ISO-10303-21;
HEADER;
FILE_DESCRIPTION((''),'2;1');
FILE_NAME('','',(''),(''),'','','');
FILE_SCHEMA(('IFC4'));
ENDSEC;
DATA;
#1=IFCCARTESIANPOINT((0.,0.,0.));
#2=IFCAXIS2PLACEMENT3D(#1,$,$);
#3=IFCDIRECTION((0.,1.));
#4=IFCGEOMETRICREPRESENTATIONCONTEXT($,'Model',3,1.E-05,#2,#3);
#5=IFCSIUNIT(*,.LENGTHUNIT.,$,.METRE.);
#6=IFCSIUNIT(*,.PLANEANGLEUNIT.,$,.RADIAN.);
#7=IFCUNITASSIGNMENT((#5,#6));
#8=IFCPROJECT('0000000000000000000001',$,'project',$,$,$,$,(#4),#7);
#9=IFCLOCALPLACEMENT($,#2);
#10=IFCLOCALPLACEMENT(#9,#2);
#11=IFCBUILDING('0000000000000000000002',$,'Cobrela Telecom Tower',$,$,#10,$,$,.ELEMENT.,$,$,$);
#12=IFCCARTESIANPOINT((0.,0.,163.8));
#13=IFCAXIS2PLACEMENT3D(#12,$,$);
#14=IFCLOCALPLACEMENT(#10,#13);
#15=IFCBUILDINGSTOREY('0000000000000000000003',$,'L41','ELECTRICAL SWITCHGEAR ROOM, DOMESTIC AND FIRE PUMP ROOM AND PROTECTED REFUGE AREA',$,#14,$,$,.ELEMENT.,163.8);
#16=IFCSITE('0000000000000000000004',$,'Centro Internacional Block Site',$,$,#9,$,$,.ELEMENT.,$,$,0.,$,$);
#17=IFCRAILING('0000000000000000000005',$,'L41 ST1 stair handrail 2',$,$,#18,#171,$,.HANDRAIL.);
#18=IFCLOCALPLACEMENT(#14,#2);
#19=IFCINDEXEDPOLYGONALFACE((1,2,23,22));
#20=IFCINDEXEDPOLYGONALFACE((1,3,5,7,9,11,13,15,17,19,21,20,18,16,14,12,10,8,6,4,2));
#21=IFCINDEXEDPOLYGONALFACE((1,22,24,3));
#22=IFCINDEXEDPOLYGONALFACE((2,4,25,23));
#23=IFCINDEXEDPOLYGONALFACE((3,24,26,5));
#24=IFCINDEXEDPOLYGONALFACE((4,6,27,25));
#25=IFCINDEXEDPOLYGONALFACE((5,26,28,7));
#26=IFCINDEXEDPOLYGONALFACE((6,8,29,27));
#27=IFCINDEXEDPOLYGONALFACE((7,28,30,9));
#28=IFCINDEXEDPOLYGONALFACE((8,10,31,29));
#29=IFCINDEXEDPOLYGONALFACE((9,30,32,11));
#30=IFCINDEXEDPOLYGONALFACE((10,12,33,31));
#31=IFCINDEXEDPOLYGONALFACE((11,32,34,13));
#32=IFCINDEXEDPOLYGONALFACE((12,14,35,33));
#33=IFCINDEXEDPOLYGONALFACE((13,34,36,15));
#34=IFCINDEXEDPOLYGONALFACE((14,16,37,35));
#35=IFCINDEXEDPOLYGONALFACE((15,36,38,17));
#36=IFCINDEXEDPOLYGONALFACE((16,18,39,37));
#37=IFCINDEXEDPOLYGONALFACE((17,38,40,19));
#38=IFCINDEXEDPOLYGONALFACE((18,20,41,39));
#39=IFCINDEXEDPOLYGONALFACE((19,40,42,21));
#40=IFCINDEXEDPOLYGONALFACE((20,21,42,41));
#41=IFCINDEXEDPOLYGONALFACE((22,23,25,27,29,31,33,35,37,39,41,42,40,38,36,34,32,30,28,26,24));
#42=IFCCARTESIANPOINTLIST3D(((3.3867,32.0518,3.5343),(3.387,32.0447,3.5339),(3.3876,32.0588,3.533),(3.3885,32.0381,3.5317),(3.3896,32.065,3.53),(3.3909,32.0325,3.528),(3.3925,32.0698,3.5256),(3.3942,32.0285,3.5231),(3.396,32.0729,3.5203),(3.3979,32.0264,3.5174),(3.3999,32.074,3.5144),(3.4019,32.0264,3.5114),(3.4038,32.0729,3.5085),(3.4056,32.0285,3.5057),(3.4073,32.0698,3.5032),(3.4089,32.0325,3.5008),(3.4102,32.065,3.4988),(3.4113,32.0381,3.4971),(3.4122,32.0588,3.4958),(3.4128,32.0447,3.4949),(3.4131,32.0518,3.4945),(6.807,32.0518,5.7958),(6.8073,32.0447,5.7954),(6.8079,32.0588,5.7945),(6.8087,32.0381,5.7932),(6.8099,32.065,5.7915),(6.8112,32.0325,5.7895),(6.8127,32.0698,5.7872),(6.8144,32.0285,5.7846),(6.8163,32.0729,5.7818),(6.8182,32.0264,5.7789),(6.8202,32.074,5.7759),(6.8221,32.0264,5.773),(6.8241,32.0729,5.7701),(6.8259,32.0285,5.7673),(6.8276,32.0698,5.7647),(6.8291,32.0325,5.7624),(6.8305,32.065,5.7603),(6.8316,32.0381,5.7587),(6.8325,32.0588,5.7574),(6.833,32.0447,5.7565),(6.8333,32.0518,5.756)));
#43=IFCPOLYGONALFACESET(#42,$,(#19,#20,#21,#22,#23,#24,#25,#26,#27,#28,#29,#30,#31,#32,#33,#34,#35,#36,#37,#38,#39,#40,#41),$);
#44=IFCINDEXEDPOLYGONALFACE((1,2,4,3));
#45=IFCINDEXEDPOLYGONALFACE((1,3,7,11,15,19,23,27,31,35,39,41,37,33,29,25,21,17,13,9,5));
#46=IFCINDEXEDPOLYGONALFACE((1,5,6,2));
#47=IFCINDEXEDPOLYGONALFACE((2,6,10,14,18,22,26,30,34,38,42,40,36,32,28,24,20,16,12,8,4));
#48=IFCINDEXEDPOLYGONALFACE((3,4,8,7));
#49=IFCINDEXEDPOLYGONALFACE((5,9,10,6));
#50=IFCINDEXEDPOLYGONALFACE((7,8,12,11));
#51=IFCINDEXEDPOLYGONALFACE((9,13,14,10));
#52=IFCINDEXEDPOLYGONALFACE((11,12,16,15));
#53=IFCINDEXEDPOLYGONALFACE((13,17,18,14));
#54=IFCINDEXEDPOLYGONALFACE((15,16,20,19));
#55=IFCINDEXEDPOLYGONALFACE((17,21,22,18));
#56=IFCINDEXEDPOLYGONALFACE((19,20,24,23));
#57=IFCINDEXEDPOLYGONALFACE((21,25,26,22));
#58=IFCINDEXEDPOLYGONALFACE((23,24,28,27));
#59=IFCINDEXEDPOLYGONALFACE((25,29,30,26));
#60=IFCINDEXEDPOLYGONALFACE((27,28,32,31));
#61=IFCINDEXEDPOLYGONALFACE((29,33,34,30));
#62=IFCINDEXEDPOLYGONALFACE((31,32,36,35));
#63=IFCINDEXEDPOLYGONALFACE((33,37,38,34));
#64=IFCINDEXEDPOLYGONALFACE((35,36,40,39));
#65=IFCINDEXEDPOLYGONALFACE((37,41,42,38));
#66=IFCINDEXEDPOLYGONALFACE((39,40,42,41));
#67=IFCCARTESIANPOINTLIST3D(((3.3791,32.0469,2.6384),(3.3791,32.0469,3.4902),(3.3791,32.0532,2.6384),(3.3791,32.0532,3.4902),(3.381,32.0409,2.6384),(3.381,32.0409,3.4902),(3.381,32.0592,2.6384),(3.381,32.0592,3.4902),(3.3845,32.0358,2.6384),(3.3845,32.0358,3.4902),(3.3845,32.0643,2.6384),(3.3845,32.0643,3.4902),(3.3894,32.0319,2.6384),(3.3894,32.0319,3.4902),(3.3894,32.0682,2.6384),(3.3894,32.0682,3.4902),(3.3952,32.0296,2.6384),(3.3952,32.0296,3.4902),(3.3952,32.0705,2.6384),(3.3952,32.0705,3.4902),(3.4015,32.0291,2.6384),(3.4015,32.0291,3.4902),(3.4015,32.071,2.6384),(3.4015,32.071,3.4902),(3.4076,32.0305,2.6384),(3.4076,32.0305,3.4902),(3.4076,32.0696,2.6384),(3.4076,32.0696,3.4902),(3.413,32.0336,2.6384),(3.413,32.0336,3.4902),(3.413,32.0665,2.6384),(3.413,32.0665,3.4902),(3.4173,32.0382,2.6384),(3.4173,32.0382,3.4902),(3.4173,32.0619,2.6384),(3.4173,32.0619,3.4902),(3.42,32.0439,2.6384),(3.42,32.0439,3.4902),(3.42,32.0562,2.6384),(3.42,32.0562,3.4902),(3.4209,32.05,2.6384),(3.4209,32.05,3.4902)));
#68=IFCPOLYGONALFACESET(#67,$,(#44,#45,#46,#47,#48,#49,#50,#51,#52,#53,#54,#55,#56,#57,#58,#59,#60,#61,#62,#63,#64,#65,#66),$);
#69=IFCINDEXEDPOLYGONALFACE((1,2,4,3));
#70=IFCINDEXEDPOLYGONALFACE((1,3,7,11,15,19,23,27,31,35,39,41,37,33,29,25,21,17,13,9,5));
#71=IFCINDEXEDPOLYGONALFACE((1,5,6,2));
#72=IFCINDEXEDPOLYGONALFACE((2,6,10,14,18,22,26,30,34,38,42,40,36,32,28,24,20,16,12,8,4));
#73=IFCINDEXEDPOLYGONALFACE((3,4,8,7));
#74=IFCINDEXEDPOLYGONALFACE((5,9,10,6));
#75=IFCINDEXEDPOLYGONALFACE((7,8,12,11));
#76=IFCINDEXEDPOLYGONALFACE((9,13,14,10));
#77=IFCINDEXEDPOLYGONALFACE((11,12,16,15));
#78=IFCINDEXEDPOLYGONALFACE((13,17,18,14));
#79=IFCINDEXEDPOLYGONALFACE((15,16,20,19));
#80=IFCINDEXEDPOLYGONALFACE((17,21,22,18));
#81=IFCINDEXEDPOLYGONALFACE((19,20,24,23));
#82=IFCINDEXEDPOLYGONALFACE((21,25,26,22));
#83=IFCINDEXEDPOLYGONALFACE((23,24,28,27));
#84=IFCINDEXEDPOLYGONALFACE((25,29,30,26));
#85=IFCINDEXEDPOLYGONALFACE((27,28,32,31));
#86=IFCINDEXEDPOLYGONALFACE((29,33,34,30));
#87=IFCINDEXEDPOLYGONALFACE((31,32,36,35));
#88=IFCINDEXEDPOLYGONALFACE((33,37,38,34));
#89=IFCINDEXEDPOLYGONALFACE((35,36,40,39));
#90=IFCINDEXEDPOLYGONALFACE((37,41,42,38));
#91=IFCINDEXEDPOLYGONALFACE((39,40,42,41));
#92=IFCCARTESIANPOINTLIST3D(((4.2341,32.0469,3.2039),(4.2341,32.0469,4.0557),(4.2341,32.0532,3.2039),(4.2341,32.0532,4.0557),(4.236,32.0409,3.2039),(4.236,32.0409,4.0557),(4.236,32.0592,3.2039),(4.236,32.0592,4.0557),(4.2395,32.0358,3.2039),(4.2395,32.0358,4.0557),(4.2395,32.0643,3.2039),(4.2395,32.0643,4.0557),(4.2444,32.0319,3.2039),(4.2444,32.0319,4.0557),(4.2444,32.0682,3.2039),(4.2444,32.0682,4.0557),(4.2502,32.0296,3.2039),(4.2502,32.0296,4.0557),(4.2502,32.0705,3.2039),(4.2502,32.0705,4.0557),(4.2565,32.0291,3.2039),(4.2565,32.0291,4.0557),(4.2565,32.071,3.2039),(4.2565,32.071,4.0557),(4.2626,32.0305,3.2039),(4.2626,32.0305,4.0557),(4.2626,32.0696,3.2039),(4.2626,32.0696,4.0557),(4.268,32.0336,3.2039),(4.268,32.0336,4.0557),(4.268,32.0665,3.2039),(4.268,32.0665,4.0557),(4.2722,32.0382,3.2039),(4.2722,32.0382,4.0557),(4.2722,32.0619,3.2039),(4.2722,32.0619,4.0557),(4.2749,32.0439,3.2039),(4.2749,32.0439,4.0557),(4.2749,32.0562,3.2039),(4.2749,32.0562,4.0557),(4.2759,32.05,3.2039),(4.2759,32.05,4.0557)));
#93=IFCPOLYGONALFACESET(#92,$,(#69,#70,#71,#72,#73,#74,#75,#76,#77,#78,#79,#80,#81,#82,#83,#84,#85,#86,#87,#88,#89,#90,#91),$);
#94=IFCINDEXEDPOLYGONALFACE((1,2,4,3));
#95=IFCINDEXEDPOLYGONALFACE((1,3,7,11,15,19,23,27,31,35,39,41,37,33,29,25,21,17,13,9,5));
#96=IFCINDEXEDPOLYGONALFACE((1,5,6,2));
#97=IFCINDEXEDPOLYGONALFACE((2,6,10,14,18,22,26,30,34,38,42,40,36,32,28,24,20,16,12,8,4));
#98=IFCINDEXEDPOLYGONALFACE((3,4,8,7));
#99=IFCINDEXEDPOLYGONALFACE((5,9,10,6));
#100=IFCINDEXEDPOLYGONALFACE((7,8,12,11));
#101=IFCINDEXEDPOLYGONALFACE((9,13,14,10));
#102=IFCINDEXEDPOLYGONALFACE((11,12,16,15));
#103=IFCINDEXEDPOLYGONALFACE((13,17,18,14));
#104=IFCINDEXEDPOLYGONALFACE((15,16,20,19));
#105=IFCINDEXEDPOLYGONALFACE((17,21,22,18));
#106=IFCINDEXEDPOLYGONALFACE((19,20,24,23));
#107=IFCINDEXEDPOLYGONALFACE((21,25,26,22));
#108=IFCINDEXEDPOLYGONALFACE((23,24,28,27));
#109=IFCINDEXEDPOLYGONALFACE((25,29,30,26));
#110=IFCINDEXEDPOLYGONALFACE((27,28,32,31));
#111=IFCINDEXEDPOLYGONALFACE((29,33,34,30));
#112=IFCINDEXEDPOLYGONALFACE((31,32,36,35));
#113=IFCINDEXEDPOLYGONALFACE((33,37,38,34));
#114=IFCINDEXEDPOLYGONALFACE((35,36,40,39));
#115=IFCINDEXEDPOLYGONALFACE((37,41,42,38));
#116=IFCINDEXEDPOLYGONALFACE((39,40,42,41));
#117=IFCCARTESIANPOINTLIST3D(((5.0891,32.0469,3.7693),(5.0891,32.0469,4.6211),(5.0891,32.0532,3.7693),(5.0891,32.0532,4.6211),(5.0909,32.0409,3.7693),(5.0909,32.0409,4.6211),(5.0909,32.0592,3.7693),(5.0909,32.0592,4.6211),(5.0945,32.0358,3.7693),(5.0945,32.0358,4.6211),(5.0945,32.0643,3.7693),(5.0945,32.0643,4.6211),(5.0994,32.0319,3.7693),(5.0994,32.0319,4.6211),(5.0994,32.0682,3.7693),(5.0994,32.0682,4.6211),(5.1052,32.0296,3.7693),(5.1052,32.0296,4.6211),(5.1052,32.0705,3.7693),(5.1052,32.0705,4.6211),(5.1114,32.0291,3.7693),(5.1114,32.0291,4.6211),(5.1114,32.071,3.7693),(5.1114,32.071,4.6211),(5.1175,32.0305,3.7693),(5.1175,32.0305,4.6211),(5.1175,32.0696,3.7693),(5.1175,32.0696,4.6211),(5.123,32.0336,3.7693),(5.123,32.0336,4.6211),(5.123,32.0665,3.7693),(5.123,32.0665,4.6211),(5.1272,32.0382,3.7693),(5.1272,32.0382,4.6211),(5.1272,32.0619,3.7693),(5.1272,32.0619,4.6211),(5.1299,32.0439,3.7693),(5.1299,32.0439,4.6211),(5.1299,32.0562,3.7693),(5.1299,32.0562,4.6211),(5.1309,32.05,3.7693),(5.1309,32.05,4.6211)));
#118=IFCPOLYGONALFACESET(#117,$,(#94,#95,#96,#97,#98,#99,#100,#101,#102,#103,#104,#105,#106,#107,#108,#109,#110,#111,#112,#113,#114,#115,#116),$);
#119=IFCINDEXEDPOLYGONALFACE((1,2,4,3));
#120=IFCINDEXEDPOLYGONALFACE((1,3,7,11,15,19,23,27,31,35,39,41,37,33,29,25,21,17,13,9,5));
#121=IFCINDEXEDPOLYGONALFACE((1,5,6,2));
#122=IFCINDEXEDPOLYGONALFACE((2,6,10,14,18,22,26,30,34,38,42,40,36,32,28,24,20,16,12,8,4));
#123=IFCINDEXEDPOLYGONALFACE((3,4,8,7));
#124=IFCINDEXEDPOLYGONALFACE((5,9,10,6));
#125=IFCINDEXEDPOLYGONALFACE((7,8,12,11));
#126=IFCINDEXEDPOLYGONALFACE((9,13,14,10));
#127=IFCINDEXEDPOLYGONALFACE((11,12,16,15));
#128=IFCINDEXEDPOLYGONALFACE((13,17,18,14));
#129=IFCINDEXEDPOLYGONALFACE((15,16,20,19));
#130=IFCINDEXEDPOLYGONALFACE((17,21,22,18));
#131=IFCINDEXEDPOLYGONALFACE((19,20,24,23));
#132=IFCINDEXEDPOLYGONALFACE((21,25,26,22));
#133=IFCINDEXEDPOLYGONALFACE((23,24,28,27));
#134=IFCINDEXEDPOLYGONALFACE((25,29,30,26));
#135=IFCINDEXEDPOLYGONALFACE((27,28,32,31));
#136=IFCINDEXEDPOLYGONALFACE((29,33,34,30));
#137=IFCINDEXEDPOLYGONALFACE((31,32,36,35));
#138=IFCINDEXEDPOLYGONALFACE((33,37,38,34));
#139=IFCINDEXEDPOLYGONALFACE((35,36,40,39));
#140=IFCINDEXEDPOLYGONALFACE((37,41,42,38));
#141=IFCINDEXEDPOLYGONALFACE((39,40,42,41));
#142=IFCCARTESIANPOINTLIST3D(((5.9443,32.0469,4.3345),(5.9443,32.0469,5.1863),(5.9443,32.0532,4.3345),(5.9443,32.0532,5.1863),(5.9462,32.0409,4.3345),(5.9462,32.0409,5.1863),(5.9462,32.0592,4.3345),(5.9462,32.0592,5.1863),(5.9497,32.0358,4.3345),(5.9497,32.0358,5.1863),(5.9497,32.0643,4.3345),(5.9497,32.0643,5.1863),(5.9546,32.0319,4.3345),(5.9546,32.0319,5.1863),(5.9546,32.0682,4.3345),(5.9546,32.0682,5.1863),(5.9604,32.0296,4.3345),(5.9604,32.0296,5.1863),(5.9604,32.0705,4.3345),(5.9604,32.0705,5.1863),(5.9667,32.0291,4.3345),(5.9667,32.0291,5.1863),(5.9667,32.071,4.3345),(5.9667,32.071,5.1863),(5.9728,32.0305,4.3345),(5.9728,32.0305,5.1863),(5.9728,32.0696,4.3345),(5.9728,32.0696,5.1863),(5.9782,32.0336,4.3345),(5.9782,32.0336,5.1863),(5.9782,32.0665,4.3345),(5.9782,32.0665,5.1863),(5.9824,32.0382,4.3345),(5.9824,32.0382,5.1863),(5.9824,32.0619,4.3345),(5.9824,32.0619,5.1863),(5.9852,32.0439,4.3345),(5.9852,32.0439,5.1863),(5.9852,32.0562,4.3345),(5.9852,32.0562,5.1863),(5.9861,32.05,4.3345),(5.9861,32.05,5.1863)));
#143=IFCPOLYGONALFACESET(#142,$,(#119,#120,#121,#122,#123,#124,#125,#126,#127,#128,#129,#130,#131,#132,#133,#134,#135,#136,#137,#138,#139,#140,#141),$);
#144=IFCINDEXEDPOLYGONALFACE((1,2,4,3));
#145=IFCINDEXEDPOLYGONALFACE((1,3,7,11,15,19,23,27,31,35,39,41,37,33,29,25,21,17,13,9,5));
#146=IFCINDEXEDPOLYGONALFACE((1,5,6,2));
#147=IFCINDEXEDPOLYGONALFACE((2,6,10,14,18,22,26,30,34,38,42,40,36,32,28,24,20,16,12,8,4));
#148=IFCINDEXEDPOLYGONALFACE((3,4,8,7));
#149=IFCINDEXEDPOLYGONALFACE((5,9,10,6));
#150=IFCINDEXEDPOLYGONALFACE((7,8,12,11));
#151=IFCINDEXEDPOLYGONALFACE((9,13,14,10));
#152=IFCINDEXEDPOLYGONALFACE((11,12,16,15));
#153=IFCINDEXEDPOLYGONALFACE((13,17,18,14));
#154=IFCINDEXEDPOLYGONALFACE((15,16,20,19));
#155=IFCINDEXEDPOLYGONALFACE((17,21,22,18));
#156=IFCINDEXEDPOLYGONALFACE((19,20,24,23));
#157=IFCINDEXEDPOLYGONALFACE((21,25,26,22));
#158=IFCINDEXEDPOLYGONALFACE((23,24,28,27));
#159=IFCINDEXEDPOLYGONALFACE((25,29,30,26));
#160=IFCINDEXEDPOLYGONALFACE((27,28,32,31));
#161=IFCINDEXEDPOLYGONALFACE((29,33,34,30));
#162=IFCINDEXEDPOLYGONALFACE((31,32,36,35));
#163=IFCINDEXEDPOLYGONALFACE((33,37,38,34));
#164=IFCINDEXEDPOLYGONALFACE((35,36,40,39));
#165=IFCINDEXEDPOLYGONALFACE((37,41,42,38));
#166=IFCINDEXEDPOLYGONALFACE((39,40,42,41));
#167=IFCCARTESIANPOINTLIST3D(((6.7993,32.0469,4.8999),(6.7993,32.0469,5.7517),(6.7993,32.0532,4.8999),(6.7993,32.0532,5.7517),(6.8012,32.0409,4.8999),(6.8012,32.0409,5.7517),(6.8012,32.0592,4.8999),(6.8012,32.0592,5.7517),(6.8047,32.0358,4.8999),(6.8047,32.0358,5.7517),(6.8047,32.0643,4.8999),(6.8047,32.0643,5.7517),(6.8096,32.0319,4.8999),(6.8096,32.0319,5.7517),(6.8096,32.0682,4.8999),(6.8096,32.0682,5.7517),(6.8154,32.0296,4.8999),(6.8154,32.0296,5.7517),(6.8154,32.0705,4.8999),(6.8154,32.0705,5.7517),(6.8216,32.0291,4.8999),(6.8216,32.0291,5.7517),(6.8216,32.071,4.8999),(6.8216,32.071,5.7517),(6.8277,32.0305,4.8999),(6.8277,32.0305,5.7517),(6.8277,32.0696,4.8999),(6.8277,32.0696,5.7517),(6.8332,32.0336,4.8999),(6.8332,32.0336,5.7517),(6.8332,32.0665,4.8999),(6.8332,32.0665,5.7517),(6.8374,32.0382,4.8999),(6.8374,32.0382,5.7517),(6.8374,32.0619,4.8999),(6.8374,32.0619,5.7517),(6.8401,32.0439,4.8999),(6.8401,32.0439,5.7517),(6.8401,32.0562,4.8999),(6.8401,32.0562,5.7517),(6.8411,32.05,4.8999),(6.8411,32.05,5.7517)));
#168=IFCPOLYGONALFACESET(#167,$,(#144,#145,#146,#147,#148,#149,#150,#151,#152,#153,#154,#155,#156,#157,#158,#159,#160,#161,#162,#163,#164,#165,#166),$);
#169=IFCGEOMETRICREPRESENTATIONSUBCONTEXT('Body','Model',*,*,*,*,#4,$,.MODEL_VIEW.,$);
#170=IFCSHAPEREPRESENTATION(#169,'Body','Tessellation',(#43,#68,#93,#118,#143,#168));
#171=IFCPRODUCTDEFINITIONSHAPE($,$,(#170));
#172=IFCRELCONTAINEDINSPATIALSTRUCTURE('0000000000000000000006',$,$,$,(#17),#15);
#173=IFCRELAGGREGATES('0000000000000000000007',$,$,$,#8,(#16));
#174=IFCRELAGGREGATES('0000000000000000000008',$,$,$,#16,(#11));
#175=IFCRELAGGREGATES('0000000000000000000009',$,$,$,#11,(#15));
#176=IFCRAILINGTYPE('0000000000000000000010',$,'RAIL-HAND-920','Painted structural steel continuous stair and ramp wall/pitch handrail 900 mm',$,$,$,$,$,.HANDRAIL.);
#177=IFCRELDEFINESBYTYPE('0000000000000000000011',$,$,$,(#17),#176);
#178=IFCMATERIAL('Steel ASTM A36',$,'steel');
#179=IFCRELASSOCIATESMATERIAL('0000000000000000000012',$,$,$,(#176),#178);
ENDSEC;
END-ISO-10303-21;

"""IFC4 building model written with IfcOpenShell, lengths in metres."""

from ifc_helpers import new_model, si_unit, direction, frame, origin, origin_2d, place, context, subcontext, project, spatial, circle, extrude, material, type_object, element, save


model = new_model("IFC4")

# Units and contexts
model_context = context("Model", 3, precision=1e-05, world=origin(), true_north=direction((0.0, 1.0)))
body_context = subcontext(model_context, "Body", "Model", "MODEL_VIEW")
ifc_project = project(units=[si_unit("LENGTHUNIT", "METRE"), si_unit("PLANEANGLEUNIT", "RADIAN")], contexts=[model_context])

# Site, building, storey
site_placement = place(None, origin())
site = spatial("IfcSite", under=ifc_project, at=site_placement, Name="Centro Internacional Block Site", CompositionType="ELEMENT", RefElevation=0.0)
building_placement = place(site_placement, origin())
building = spatial("IfcBuilding", under=site, at=building_placement, Name="Cobrela Telecom Tower", CompositionType="ELEMENT")
storey_placement = place(building_placement, frame((0.0, 0.0, 163.8)))
storey = spatial("IfcBuildingStorey", under=building, at=storey_placement, Name="L41", Description="ELECTRICAL SWITCHGEAR ROOM, DOMESTIC AND FIRE PUMP ROOM AND PROTECTED REFUGE AREA", CompositionType="ELEMENT", Elevation=163.8)

# Shared definitions
ifc_material_1 = material(Name="Steel ASTM A36", Category="steel")

# Railing
railing_type_1 = type_object("IfcRailingType", Name="RAIL-HAND-920", Description="Painted structural steel continuous stair and ramp wall/pitch handrail 900 mm", PredefinedType="HANDRAIL", material=ifc_material_1)
railing_1_placement = place(storey_placement, frame((3.3999, 32.05, 2.6384)))
element("IfcRailing", 1, at=railing_1_placement, inside=storey, type_object=railing_type_1, Name="L41 ST1 stair handrail 2", PredefinedType="HANDRAIL", context=body_context, shape_type="SweptSolid", body=[
    extrude(circle(Radius=0.0239, at=origin_2d()), frame((0.0, 0.0, 0.876), z_axis=(0.834142, 0.0, 0.55155), x_axis=(0.0, 1.0, 0.0)), (0.0, 0.0, 1.0), 4.1003),
    extrude(circle(Radius=0.021, at=origin_2d()), origin(), (0.0, 0.0, 1.0), 0.8518),
    extrude(circle(Radius=0.021, at=origin_2d()), frame((0.855, 0.0, 0.5654)), (0.0, 0.0, 1.0), 0.8518),
    extrude(circle(Radius=0.021, at=origin_2d()), frame((1.71, 0.0, 1.1309)), (0.0, 0.0, 1.0), 0.8518),
    extrude(circle(Radius=0.021, at=origin_2d()), frame((2.5652, 0.0, 1.696)), (0.0, 0.0, 1.0), 0.8518),
    extrude(circle(Radius=0.021, at=origin_2d()), frame((3.4202, 0.0, 2.2615)), (0.0, 0.0, 1.0), 0.8518),
])

save(model, "model.ifc")
